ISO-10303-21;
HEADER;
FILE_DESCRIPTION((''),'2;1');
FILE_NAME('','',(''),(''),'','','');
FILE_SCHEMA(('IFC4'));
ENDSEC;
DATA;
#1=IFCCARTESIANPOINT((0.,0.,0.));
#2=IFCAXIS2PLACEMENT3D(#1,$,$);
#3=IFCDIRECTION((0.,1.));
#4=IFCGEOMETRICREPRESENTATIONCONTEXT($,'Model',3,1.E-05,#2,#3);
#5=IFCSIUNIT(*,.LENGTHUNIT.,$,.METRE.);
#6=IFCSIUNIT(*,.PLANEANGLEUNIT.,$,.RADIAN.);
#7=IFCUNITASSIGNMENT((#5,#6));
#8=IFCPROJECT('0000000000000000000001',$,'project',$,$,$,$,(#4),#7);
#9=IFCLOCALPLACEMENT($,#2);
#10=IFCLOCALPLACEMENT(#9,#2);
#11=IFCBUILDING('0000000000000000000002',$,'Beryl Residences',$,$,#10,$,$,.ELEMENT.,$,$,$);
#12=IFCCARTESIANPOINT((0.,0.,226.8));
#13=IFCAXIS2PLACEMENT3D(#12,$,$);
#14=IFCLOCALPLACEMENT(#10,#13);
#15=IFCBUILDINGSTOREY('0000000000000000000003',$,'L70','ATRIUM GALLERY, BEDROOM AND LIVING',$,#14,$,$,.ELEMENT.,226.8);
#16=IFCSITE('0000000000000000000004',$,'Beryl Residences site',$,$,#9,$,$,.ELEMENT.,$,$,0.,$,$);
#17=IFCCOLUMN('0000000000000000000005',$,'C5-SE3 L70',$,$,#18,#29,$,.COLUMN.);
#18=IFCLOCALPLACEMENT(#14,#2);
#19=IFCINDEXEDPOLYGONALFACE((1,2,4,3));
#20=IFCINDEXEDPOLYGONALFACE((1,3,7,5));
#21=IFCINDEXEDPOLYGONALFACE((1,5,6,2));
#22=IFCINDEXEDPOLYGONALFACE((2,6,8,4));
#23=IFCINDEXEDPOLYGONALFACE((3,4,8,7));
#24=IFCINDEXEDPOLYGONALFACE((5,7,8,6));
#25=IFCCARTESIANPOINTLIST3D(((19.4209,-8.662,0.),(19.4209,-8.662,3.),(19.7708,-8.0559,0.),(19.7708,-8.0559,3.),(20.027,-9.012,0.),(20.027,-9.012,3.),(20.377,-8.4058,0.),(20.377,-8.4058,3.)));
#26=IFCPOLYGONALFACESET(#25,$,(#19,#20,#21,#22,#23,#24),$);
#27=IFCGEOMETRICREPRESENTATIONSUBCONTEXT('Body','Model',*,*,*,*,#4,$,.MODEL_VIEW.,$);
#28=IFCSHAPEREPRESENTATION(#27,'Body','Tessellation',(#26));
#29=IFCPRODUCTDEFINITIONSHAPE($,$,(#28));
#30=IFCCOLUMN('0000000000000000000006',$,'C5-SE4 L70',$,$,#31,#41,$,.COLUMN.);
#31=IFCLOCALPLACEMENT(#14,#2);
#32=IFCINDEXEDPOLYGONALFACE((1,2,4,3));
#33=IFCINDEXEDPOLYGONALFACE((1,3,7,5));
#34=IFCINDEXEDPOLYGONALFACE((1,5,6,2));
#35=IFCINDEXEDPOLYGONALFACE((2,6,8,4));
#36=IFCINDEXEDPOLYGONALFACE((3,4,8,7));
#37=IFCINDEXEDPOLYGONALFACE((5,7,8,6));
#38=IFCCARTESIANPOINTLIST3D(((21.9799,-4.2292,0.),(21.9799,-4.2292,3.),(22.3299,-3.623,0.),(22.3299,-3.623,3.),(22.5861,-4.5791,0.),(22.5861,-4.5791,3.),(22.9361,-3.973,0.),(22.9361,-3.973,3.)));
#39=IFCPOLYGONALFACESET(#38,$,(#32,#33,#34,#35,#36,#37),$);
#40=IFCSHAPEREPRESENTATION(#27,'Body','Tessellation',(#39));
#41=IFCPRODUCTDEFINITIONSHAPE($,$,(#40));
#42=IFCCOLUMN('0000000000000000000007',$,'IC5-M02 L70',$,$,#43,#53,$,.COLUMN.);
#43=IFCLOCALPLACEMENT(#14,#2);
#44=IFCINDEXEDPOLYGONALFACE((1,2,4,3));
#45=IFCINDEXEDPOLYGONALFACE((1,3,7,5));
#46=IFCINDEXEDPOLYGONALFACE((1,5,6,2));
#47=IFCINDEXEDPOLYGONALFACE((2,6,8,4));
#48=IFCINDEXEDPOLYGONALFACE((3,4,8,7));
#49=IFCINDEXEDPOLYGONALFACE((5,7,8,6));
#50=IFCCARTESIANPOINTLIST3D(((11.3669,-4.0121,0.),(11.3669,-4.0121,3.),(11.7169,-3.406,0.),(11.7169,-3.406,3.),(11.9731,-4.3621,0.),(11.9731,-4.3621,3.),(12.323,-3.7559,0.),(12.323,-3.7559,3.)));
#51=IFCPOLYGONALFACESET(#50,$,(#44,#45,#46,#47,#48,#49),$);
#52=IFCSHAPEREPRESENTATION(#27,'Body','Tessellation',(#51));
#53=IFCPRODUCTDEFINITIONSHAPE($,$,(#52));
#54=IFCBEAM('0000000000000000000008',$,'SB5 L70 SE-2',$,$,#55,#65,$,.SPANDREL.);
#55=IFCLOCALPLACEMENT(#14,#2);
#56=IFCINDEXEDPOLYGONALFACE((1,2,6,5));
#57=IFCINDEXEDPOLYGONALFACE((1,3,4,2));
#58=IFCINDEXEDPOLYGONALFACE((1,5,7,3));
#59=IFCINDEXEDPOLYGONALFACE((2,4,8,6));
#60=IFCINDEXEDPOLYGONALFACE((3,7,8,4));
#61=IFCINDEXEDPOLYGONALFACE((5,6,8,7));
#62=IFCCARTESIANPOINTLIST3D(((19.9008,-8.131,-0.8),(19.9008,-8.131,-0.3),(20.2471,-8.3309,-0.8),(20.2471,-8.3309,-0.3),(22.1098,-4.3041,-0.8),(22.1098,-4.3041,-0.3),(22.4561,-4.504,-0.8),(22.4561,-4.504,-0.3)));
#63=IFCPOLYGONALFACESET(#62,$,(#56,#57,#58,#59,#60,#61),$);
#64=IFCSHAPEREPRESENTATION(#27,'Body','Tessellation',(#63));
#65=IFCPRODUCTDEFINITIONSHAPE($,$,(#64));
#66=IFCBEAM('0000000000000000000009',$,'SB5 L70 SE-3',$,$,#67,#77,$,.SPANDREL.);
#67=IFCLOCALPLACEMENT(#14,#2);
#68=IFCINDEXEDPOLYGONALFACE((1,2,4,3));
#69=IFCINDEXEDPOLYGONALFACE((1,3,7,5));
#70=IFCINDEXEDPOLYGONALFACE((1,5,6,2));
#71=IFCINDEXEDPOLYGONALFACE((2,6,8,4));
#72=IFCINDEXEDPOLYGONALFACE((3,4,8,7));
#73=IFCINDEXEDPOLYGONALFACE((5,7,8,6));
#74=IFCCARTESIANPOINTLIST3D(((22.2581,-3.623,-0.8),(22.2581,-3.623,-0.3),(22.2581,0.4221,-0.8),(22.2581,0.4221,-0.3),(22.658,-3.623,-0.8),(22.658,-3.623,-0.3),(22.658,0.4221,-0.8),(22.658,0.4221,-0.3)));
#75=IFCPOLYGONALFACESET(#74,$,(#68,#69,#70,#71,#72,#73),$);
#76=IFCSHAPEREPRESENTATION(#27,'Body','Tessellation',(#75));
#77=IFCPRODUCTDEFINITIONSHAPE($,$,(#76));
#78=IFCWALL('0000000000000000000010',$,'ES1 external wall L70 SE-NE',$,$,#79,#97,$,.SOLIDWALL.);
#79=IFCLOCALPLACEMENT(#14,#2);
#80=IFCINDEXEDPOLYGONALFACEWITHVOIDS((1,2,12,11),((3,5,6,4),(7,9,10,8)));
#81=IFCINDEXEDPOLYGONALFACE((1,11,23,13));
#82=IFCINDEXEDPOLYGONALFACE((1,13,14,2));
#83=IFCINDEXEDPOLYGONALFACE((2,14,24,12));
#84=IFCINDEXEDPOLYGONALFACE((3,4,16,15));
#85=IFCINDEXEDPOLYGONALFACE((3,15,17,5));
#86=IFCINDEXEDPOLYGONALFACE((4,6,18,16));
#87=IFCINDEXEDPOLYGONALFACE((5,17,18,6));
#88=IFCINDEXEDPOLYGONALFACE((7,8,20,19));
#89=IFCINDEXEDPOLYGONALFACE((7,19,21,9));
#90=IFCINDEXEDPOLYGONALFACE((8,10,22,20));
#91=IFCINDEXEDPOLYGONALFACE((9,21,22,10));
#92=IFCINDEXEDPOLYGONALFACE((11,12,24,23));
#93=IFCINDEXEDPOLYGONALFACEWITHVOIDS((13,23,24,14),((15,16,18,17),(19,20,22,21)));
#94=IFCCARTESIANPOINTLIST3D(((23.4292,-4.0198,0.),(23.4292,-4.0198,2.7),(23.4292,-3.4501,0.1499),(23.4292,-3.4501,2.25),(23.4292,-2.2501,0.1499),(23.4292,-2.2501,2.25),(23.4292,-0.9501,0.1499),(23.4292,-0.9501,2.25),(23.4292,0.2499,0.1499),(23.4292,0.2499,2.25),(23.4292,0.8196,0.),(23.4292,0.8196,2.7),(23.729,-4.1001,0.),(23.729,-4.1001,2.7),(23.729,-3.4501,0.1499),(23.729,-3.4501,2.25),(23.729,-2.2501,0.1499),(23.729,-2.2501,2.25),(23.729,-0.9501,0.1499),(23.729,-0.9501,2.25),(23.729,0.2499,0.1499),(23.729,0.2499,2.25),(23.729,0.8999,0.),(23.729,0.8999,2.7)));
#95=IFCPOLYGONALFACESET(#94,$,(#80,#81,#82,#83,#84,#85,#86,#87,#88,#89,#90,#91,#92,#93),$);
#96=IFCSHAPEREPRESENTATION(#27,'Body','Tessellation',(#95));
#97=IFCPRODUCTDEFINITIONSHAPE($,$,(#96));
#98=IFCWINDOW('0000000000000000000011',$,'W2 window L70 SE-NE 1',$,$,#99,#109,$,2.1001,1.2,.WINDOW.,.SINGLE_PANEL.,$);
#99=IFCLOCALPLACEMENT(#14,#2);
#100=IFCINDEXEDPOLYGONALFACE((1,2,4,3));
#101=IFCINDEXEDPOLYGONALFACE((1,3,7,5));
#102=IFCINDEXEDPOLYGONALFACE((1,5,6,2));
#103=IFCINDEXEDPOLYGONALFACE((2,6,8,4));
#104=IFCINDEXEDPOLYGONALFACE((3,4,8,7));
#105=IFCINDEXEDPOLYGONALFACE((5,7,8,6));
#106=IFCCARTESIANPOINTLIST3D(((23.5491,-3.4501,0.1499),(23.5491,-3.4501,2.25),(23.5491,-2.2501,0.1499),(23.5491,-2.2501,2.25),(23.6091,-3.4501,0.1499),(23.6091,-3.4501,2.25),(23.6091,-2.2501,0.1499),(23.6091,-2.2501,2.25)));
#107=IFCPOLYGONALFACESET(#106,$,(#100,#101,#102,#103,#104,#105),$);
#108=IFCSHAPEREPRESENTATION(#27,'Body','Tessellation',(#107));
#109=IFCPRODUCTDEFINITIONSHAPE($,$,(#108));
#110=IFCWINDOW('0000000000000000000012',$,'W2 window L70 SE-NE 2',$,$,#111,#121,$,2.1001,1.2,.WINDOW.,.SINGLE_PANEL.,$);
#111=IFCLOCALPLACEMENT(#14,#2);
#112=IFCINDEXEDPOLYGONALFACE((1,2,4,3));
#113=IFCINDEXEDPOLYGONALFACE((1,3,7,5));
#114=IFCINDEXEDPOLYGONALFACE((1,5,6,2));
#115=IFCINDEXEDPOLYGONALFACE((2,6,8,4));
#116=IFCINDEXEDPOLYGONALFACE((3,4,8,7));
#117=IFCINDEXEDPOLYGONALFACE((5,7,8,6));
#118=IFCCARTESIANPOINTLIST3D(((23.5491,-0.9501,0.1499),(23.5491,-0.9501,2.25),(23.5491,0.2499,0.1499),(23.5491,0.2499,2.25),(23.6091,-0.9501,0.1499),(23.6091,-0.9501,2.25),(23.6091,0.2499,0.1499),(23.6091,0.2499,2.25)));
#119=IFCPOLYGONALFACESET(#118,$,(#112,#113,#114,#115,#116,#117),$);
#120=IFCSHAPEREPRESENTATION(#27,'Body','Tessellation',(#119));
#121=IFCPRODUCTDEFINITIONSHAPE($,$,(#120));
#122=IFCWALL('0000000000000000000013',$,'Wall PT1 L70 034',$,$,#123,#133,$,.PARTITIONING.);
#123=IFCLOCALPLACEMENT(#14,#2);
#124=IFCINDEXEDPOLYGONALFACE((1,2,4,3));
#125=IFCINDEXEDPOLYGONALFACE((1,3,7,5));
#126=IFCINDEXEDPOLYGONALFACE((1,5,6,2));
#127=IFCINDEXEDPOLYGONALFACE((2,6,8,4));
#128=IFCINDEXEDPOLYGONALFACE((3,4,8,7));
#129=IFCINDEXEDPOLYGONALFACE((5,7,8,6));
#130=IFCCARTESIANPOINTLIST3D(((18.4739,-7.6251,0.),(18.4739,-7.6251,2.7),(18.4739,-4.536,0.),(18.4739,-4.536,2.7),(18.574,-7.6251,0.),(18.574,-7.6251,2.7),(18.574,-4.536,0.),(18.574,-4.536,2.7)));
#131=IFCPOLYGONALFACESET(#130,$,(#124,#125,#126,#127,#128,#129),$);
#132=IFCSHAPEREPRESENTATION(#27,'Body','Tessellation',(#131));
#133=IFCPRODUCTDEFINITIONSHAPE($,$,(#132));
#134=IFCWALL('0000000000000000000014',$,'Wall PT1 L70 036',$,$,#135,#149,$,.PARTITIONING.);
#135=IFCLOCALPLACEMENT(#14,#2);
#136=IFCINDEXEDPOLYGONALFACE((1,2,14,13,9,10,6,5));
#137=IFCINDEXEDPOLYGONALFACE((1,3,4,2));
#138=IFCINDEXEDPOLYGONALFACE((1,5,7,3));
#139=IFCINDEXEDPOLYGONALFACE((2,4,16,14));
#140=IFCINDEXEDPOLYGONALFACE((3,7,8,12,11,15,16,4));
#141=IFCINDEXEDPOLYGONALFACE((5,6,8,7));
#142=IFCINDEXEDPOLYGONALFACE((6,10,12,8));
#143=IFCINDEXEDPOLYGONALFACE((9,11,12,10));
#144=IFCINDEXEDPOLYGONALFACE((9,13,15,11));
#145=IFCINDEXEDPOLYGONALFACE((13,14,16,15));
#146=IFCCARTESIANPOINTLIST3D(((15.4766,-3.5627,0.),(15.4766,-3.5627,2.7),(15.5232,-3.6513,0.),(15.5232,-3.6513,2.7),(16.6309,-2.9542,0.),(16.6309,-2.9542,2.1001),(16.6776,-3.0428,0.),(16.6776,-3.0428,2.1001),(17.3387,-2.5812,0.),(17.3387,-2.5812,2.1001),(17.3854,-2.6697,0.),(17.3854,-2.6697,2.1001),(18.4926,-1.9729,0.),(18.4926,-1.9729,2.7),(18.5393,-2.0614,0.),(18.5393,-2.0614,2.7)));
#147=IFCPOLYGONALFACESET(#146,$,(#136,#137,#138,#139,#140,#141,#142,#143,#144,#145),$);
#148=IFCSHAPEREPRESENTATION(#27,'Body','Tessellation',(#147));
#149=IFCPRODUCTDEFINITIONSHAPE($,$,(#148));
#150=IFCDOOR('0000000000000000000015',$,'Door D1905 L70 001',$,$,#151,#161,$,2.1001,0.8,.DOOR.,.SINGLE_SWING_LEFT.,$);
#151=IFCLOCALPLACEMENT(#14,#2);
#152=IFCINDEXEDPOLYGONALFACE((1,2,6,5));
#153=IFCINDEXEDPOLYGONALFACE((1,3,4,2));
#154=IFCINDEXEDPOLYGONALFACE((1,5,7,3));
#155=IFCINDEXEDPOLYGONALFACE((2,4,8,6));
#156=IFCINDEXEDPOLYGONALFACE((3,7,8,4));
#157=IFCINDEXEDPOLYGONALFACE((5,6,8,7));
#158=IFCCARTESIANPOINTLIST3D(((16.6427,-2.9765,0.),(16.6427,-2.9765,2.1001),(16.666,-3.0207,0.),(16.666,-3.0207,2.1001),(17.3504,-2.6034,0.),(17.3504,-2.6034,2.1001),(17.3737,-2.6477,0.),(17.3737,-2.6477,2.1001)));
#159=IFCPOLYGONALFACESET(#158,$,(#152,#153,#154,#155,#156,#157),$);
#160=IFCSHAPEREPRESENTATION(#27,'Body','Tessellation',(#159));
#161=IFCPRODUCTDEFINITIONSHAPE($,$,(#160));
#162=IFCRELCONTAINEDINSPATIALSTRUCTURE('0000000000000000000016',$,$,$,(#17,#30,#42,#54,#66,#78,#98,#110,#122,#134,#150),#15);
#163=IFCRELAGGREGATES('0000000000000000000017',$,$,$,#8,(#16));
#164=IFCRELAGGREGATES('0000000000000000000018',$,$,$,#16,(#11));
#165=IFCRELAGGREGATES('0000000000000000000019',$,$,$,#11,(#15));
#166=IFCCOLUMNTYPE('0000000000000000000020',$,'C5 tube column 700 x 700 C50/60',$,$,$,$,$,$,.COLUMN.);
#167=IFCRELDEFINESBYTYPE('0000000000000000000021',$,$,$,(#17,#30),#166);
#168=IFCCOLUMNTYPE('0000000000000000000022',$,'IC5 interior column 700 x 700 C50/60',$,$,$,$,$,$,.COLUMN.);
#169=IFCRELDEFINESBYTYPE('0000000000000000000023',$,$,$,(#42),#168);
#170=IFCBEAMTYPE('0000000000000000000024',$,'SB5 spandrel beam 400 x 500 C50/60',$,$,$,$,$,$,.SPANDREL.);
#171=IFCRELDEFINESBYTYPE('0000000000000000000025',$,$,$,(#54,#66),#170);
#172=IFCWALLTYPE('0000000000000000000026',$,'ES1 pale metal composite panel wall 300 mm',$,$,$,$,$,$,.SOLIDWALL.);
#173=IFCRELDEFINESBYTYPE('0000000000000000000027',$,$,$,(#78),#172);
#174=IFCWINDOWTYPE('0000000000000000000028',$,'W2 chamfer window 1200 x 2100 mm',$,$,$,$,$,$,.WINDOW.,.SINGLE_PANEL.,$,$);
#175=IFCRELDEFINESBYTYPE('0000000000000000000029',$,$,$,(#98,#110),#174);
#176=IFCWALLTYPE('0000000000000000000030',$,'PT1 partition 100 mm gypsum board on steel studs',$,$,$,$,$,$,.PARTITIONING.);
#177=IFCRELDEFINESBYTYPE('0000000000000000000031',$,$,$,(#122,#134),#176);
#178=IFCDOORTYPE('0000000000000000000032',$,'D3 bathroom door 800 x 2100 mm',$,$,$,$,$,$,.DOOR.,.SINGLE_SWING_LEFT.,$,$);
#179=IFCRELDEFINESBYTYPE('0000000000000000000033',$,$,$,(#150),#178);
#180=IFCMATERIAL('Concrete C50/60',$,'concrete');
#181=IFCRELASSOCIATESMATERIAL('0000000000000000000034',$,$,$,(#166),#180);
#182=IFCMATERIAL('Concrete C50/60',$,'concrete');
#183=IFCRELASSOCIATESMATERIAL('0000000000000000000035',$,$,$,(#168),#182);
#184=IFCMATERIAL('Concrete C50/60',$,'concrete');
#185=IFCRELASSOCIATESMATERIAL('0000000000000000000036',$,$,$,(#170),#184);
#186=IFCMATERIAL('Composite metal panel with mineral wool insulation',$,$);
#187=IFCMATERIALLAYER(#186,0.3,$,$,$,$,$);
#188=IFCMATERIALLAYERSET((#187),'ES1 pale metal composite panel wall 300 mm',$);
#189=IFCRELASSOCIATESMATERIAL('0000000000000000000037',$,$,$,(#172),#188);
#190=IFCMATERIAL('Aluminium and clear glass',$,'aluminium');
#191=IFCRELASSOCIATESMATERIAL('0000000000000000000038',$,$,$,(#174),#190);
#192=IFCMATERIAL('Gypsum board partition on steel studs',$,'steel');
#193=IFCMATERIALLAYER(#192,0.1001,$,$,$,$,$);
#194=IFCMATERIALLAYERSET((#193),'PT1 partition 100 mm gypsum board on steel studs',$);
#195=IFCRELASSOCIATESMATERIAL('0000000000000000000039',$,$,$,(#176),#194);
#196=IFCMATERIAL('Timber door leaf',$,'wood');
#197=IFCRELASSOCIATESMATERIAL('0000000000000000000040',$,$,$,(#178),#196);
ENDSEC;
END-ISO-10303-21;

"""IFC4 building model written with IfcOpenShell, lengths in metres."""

from ifc_helpers import new_model, si_unit, direction, frame, frame_2d, origin, origin_2d, place, context, subcontext, project, spatial, polyline, rectangle, outline, extrude, material, layer, layer_set, material_profile, profile_set, type_object, element, fill, save


model = new_model("IFC4")

# Units and contexts
model_context = context("Model", 3, precision=1e-05, world=origin(), true_north=direction((0.0, 1.0)))
body_context = subcontext(model_context, "Body", "Model", "MODEL_VIEW")
ifc_project = project(units=[si_unit("LENGTHUNIT", "METRE"), si_unit("PLANEANGLEUNIT", "RADIAN")], contexts=[model_context])

# Site, building, storey
site_placement = place(None, origin())
site = spatial("IfcSite", under=ifc_project, at=site_placement, Name="Beryl Residences site", CompositionType="ELEMENT", RefElevation=0.0)
building_placement = place(site_placement, origin())
building = spatial("IfcBuilding", under=site, at=building_placement, Name="Beryl Residences", CompositionType="ELEMENT")
storey_placement = place(building_placement, frame((0.0, 0.0, 226.8)))
storey = spatial("IfcBuildingStorey", under=building, at=storey_placement, Name="L70", Description="ATRIUM GALLERY, BEDROOM AND LIVING", CompositionType="ELEMENT", Elevation=226.8)

# Columns
ifc_material_1 = material(Name="Concrete C50/60", Category="concrete")
ifc_material_profile_1 = material_profile(ifc_material_1, rectangle(XDim=0.7, YDim=0.7, at=origin_2d()))
ifc_profile_set_1 = profile_set([ifc_material_profile_1], Name="Concrete C50/60")
column_type_1 = type_object("IfcColumnType", Name="C5 tube column 700 x 700 C50/60", PredefinedType="COLUMN", material=ifc_profile_set_1)
for number, where, z_axis, x_axis, name in (
    (1, (19.8989, -8.5339, 0.0), (0.0, 0.0, 1.0), (0.499985, 0.866034, 0.0), "C5-SE3 L70"),
    (2, (22.458, -4.1011, 0.0), (0.0, 0.0, 1.0), (0.499985, 0.866034, 0.0), "C5-SE4 L70"),
):
    element("IfcColumn", number, at=place(storey_placement, frame(where, z_axis=z_axis, x_axis=x_axis)), inside=storey, type_object=column_type_1, Name=name, PredefinedType="COLUMN", context=body_context, shape_type="SweptSolid", body=[
        extrude(rectangle(XDim=0.7, YDim=0.7, at=origin_2d()), origin(), (0.0, 0.0, 1.0), 3.0),
    ])
ifc_material_2 = material(Name="Concrete C50/60", Category="concrete")
ifc_material_profile_2 = material_profile(ifc_material_2, rectangle(XDim=0.7, YDim=0.7, at=origin_2d()))
ifc_profile_set_2 = profile_set([ifc_material_profile_2], Name="Concrete C50/60")
column_type_2 = type_object("IfcColumnType", Name="IC5 interior column 700 x 700 C50/60", PredefinedType="COLUMN", material=ifc_profile_set_2)
column_placement = place(storey_placement, frame((11.845, -3.884, 0.0), z_axis=(0.0, 0.0, 1.0), x_axis=(0.499985, 0.866034, 0.0)))
element("IfcColumn", 3, at=column_placement, inside=storey, type_object=column_type_2, Name="IC5-M02 L70", PredefinedType="COLUMN", context=body_context, shape_type="SweptSolid", body=[
    extrude(rectangle(XDim=0.7, YDim=0.7, at=origin_2d()), origin(), (0.0, 0.0, 1.0), 3.0),
])

# Beams
ifc_material_3 = material(Name="Concrete C50/60", Category="concrete")
ifc_material_profile_3 = material_profile(ifc_material_3, rectangle(XDim=0.3999, YDim=0.5, at=origin_2d()))
ifc_profile_set_3 = profile_set([ifc_material_profile_3], Name="Concrete C50/60")
beam_type = type_object("IfcBeamType", Name="SB5 spandrel beam 400 x 500 C50/60", PredefinedType="SPANDREL", material=ifc_profile_set_3)
beam_1_placement = place(storey_placement, frame((20.074, -8.231, -0.55), z_axis=(0.499919, 0.866072, 0.0), x_axis=(-0.866072, 0.499919, 0.0)))
element("IfcBeam", 4, at=beam_1_placement, inside=storey, type_object=beam_type, Name="SB5 L70 SE-2", PredefinedType="SPANDREL", context=body_context, shape_type="SweptSolid", body=[
    extrude(rectangle(XDim=0.3999, YDim=0.5, at=origin_2d()), origin(), (0.0, 0.0, 1.0), 4.4187),
])
beam_2_placement = place(storey_placement, frame((22.458, -3.623, -0.55), z_axis=(0.0, 1.0, 0.0), x_axis=(-1.0, 0.0, 0.0)))
element("IfcBeam", 5, at=beam_2_placement, inside=storey, type_object=beam_type, Name="SB5 L70 SE-3", PredefinedType="SPANDREL", context=body_context, shape_type="SweptSolid", body=[
    extrude(rectangle(XDim=0.3999, YDim=0.5, at=origin_2d()), origin(), (0.0, 0.0, 1.0), 4.0452),
])

# Wall, openings, windows
ifc_material_4 = material(Name="Composite metal panel with mineral wool insulation")
ifc_layer_1 = layer(ifc_material_4, 0.3)
ifc_layer_set_1 = layer_set([ifc_layer_1], Name="ES1 pale metal composite panel wall 300 mm")
wall_type_1 = type_object("IfcWallType", Name="ES1 pale metal composite panel wall 300 mm", PredefinedType="SOLIDWALL", material=ifc_layer_set_1)
wall_1_placement = place(storey_placement, frame((23.5791, -4.1001, 0.0), z_axis=(0.0, 0.0, 1.0), x_axis=(0.0, 1.0, 0.0)))
wall_1 = element("IfcWall", 6, at=wall_1_placement, inside=storey, type_object=wall_type_1, Name="ES1 external wall L70 SE-NE", PredefinedType="SOLIDWALL", context=body_context, shape_type="SweptSolid", body=[
    extrude(outline(polyline([(0.0, -0.1499), (5.0, -0.1499), (4.9197, 0.1499), (0.0803, 0.1499), (0.0, -0.1499)])), origin(), (0.0, 0.0, 1.0), 2.7),
])
opening_1_placement = place(wall_1_placement, frame((0.6499, 0.0, 0.1499)))
opening_1 = element("IfcOpeningElement", 7, at=opening_1_placement, cuts=wall_1, PredefinedType="OPENING", context=body_context, shape_type="SweptSolid", body=[
    extrude(rectangle(XDim=1.2, YDim=2.1001, at=frame_2d((0.6001, 1.05))), frame((0.0, 0.1599, 0.0), z_axis=(0.0, -1.0, 0.0), x_axis=(1.0, 0.0, 0.0)), (0.0, 0.0, 1.0), 0.3201),
])
opening_2_placement = place(wall_1_placement, frame((3.1499, 0.0, 0.1499)))
opening_2 = element("IfcOpeningElement", 8, at=opening_2_placement, cuts=wall_1, PredefinedType="OPENING", context=body_context, shape_type="SweptSolid", body=[
    extrude(rectangle(XDim=1.2, YDim=2.1001, at=frame_2d((0.6001, 1.05))), frame((0.0, 0.1599, 0.0), z_axis=(0.0, -1.0, 0.0), x_axis=(1.0, 0.0, 0.0)), (0.0, 0.0, 1.0), 0.3201),
])
ifc_material_5 = material(Name="Aluminium and clear glass", Category="aluminium")
window_type = type_object("IfcWindowType", Name="W2 chamfer window 1200 x 2100 mm", PartitioningType="SINGLE_PANEL", PredefinedType="WINDOW", material=ifc_material_5)
window_1_placement = place(opening_1_placement, origin())
window_1 = element("IfcWindow", 9, at=window_1_placement, inside=storey, type_object=window_type, Name="W2 window L70 SE-NE 1", OverallHeight=2.1001, OverallWidth=1.2, PartitioningType="SINGLE_PANEL", PredefinedType="WINDOW", context=body_context, shape_type="SweptSolid", body=[
    extrude(rectangle(XDim=1.2, YDim=2.1001, at=frame_2d((0.6001, 1.05))), frame((0.0, 0.03, 0.0), z_axis=(0.0, -1.0, 0.0), x_axis=(1.0, 0.0, 0.0)), (0.0, 0.0, 1.0), 0.0601),
])
fill(opening_1, window_1)
window_2_placement = place(opening_2_placement, origin())
window_2 = element("IfcWindow", 10, at=window_2_placement, inside=storey, type_object=window_type, Name="W2 window L70 SE-NE 2", OverallHeight=2.1001, OverallWidth=1.2, PartitioningType="SINGLE_PANEL", PredefinedType="WINDOW", context=body_context, shape_type="SweptSolid", body=[
    extrude(rectangle(XDim=1.2, YDim=2.1001, at=frame_2d((0.6001, 1.05))), frame((0.0, 0.03, 0.0), z_axis=(0.0, -1.0, 0.0), x_axis=(1.0, 0.0, 0.0)), (0.0, 0.0, 1.0), 0.0601),
])
fill(opening_2, window_2)

# Wall
ifc_material_6 = material(Name="Gypsum board partition on steel studs", Category="steel")
ifc_layer_2 = layer(ifc_material_6, 0.1001)
ifc_layer_set_2 = layer_set([ifc_layer_2], Name="PT1 partition 100 mm gypsum board on steel studs")
wall_type_2 = type_object("IfcWallType", Name="PT1 partition 100 mm gypsum board on steel studs", PredefinedType="PARTITIONING", material=ifc_layer_set_2)
wall_2_placement = place(storey_placement, frame((18.5239, -7.625, 0.0), z_axis=(0.0, 0.0, 1.0), x_axis=(0.0, 1.0, 0.0)))
element("IfcWall", 11, at=wall_2_placement, inside=storey, type_object=wall_type_2, Name="Wall PT1 L70 034", PredefinedType="PARTITIONING", context=body_context, shape_type="SweptSolid", body=[
    extrude(rectangle(XDim=3.0891, YDim=0.1001, at=frame_2d((1.5444, 0.0))), origin(), (0.0, 0.0, 1.0), 2.7),
])

# Wall, opening, door
wall_3_placement = place(storey_placement, frame((15.5, -3.6069, 0.0), z_axis=(0.0, 0.0, 1.0), x_axis=(0.884626, 0.466301, 0.0)))
wall_3 = element("IfcWall", 12, at=wall_3_placement, inside=storey, type_object=wall_type_2, Name="Wall PT1 L70 036", PredefinedType="PARTITIONING", context=body_context, shape_type="SweptSolid", body=[
    extrude(rectangle(XDim=3.4094, YDim=0.1001, at=frame_2d((1.7046, 0.0))), origin(), (0.0, 0.0, 1.0), 2.7),
])
opening_3_placement = place(wall_3_placement, frame((1.3049, 0.0, 0.0)))
opening_3 = element("IfcOpeningElement", 13, at=opening_3_placement, cuts=wall_3, PredefinedType="OPENING", context=body_context, shape_type="SweptSolid", body=[
    extrude(rectangle(XDim=0.8, YDim=2.1001, at=frame_2d((0.3999, 1.05))), frame((0.0, 0.0601, 0.0), z_axis=(0.0, -1.0, 0.0), x_axis=(1.0, 0.0, 0.0)), (0.0, 0.0, 1.0), 0.1201),
])
ifc_material_7 = material(Name="Timber door leaf", Category="wood")
door_type_1 = type_object("IfcDoorType", Name="D3 bathroom door 800 x 2100 mm", OperationType="SINGLE_SWING_LEFT", PredefinedType="DOOR", material=ifc_material_7)
door_1_placement = place(opening_3_placement, origin())
door_1 = element("IfcDoor", 14, at=door_1_placement, inside=storey, type_object=door_type_1, Name="Door D1905 L70 001", OperationType="SINGLE_SWING_LEFT", OverallHeight=2.1001, OverallWidth=0.8, PredefinedType="DOOR", context=body_context, shape_type="SweptSolid", body=[
    extrude(rectangle(XDim=0.8, YDim=2.1001, at=frame_2d((0.3999, 1.05))), frame((0.0, 0.0249, 0.0), z_axis=(0.0, -1.0, 0.0), x_axis=(1.0, 0.0, 0.0)), (0.0, 0.0, 1.0), 0.05),
])
fill(opening_3, door_1)

save(model, "model.ifc")
